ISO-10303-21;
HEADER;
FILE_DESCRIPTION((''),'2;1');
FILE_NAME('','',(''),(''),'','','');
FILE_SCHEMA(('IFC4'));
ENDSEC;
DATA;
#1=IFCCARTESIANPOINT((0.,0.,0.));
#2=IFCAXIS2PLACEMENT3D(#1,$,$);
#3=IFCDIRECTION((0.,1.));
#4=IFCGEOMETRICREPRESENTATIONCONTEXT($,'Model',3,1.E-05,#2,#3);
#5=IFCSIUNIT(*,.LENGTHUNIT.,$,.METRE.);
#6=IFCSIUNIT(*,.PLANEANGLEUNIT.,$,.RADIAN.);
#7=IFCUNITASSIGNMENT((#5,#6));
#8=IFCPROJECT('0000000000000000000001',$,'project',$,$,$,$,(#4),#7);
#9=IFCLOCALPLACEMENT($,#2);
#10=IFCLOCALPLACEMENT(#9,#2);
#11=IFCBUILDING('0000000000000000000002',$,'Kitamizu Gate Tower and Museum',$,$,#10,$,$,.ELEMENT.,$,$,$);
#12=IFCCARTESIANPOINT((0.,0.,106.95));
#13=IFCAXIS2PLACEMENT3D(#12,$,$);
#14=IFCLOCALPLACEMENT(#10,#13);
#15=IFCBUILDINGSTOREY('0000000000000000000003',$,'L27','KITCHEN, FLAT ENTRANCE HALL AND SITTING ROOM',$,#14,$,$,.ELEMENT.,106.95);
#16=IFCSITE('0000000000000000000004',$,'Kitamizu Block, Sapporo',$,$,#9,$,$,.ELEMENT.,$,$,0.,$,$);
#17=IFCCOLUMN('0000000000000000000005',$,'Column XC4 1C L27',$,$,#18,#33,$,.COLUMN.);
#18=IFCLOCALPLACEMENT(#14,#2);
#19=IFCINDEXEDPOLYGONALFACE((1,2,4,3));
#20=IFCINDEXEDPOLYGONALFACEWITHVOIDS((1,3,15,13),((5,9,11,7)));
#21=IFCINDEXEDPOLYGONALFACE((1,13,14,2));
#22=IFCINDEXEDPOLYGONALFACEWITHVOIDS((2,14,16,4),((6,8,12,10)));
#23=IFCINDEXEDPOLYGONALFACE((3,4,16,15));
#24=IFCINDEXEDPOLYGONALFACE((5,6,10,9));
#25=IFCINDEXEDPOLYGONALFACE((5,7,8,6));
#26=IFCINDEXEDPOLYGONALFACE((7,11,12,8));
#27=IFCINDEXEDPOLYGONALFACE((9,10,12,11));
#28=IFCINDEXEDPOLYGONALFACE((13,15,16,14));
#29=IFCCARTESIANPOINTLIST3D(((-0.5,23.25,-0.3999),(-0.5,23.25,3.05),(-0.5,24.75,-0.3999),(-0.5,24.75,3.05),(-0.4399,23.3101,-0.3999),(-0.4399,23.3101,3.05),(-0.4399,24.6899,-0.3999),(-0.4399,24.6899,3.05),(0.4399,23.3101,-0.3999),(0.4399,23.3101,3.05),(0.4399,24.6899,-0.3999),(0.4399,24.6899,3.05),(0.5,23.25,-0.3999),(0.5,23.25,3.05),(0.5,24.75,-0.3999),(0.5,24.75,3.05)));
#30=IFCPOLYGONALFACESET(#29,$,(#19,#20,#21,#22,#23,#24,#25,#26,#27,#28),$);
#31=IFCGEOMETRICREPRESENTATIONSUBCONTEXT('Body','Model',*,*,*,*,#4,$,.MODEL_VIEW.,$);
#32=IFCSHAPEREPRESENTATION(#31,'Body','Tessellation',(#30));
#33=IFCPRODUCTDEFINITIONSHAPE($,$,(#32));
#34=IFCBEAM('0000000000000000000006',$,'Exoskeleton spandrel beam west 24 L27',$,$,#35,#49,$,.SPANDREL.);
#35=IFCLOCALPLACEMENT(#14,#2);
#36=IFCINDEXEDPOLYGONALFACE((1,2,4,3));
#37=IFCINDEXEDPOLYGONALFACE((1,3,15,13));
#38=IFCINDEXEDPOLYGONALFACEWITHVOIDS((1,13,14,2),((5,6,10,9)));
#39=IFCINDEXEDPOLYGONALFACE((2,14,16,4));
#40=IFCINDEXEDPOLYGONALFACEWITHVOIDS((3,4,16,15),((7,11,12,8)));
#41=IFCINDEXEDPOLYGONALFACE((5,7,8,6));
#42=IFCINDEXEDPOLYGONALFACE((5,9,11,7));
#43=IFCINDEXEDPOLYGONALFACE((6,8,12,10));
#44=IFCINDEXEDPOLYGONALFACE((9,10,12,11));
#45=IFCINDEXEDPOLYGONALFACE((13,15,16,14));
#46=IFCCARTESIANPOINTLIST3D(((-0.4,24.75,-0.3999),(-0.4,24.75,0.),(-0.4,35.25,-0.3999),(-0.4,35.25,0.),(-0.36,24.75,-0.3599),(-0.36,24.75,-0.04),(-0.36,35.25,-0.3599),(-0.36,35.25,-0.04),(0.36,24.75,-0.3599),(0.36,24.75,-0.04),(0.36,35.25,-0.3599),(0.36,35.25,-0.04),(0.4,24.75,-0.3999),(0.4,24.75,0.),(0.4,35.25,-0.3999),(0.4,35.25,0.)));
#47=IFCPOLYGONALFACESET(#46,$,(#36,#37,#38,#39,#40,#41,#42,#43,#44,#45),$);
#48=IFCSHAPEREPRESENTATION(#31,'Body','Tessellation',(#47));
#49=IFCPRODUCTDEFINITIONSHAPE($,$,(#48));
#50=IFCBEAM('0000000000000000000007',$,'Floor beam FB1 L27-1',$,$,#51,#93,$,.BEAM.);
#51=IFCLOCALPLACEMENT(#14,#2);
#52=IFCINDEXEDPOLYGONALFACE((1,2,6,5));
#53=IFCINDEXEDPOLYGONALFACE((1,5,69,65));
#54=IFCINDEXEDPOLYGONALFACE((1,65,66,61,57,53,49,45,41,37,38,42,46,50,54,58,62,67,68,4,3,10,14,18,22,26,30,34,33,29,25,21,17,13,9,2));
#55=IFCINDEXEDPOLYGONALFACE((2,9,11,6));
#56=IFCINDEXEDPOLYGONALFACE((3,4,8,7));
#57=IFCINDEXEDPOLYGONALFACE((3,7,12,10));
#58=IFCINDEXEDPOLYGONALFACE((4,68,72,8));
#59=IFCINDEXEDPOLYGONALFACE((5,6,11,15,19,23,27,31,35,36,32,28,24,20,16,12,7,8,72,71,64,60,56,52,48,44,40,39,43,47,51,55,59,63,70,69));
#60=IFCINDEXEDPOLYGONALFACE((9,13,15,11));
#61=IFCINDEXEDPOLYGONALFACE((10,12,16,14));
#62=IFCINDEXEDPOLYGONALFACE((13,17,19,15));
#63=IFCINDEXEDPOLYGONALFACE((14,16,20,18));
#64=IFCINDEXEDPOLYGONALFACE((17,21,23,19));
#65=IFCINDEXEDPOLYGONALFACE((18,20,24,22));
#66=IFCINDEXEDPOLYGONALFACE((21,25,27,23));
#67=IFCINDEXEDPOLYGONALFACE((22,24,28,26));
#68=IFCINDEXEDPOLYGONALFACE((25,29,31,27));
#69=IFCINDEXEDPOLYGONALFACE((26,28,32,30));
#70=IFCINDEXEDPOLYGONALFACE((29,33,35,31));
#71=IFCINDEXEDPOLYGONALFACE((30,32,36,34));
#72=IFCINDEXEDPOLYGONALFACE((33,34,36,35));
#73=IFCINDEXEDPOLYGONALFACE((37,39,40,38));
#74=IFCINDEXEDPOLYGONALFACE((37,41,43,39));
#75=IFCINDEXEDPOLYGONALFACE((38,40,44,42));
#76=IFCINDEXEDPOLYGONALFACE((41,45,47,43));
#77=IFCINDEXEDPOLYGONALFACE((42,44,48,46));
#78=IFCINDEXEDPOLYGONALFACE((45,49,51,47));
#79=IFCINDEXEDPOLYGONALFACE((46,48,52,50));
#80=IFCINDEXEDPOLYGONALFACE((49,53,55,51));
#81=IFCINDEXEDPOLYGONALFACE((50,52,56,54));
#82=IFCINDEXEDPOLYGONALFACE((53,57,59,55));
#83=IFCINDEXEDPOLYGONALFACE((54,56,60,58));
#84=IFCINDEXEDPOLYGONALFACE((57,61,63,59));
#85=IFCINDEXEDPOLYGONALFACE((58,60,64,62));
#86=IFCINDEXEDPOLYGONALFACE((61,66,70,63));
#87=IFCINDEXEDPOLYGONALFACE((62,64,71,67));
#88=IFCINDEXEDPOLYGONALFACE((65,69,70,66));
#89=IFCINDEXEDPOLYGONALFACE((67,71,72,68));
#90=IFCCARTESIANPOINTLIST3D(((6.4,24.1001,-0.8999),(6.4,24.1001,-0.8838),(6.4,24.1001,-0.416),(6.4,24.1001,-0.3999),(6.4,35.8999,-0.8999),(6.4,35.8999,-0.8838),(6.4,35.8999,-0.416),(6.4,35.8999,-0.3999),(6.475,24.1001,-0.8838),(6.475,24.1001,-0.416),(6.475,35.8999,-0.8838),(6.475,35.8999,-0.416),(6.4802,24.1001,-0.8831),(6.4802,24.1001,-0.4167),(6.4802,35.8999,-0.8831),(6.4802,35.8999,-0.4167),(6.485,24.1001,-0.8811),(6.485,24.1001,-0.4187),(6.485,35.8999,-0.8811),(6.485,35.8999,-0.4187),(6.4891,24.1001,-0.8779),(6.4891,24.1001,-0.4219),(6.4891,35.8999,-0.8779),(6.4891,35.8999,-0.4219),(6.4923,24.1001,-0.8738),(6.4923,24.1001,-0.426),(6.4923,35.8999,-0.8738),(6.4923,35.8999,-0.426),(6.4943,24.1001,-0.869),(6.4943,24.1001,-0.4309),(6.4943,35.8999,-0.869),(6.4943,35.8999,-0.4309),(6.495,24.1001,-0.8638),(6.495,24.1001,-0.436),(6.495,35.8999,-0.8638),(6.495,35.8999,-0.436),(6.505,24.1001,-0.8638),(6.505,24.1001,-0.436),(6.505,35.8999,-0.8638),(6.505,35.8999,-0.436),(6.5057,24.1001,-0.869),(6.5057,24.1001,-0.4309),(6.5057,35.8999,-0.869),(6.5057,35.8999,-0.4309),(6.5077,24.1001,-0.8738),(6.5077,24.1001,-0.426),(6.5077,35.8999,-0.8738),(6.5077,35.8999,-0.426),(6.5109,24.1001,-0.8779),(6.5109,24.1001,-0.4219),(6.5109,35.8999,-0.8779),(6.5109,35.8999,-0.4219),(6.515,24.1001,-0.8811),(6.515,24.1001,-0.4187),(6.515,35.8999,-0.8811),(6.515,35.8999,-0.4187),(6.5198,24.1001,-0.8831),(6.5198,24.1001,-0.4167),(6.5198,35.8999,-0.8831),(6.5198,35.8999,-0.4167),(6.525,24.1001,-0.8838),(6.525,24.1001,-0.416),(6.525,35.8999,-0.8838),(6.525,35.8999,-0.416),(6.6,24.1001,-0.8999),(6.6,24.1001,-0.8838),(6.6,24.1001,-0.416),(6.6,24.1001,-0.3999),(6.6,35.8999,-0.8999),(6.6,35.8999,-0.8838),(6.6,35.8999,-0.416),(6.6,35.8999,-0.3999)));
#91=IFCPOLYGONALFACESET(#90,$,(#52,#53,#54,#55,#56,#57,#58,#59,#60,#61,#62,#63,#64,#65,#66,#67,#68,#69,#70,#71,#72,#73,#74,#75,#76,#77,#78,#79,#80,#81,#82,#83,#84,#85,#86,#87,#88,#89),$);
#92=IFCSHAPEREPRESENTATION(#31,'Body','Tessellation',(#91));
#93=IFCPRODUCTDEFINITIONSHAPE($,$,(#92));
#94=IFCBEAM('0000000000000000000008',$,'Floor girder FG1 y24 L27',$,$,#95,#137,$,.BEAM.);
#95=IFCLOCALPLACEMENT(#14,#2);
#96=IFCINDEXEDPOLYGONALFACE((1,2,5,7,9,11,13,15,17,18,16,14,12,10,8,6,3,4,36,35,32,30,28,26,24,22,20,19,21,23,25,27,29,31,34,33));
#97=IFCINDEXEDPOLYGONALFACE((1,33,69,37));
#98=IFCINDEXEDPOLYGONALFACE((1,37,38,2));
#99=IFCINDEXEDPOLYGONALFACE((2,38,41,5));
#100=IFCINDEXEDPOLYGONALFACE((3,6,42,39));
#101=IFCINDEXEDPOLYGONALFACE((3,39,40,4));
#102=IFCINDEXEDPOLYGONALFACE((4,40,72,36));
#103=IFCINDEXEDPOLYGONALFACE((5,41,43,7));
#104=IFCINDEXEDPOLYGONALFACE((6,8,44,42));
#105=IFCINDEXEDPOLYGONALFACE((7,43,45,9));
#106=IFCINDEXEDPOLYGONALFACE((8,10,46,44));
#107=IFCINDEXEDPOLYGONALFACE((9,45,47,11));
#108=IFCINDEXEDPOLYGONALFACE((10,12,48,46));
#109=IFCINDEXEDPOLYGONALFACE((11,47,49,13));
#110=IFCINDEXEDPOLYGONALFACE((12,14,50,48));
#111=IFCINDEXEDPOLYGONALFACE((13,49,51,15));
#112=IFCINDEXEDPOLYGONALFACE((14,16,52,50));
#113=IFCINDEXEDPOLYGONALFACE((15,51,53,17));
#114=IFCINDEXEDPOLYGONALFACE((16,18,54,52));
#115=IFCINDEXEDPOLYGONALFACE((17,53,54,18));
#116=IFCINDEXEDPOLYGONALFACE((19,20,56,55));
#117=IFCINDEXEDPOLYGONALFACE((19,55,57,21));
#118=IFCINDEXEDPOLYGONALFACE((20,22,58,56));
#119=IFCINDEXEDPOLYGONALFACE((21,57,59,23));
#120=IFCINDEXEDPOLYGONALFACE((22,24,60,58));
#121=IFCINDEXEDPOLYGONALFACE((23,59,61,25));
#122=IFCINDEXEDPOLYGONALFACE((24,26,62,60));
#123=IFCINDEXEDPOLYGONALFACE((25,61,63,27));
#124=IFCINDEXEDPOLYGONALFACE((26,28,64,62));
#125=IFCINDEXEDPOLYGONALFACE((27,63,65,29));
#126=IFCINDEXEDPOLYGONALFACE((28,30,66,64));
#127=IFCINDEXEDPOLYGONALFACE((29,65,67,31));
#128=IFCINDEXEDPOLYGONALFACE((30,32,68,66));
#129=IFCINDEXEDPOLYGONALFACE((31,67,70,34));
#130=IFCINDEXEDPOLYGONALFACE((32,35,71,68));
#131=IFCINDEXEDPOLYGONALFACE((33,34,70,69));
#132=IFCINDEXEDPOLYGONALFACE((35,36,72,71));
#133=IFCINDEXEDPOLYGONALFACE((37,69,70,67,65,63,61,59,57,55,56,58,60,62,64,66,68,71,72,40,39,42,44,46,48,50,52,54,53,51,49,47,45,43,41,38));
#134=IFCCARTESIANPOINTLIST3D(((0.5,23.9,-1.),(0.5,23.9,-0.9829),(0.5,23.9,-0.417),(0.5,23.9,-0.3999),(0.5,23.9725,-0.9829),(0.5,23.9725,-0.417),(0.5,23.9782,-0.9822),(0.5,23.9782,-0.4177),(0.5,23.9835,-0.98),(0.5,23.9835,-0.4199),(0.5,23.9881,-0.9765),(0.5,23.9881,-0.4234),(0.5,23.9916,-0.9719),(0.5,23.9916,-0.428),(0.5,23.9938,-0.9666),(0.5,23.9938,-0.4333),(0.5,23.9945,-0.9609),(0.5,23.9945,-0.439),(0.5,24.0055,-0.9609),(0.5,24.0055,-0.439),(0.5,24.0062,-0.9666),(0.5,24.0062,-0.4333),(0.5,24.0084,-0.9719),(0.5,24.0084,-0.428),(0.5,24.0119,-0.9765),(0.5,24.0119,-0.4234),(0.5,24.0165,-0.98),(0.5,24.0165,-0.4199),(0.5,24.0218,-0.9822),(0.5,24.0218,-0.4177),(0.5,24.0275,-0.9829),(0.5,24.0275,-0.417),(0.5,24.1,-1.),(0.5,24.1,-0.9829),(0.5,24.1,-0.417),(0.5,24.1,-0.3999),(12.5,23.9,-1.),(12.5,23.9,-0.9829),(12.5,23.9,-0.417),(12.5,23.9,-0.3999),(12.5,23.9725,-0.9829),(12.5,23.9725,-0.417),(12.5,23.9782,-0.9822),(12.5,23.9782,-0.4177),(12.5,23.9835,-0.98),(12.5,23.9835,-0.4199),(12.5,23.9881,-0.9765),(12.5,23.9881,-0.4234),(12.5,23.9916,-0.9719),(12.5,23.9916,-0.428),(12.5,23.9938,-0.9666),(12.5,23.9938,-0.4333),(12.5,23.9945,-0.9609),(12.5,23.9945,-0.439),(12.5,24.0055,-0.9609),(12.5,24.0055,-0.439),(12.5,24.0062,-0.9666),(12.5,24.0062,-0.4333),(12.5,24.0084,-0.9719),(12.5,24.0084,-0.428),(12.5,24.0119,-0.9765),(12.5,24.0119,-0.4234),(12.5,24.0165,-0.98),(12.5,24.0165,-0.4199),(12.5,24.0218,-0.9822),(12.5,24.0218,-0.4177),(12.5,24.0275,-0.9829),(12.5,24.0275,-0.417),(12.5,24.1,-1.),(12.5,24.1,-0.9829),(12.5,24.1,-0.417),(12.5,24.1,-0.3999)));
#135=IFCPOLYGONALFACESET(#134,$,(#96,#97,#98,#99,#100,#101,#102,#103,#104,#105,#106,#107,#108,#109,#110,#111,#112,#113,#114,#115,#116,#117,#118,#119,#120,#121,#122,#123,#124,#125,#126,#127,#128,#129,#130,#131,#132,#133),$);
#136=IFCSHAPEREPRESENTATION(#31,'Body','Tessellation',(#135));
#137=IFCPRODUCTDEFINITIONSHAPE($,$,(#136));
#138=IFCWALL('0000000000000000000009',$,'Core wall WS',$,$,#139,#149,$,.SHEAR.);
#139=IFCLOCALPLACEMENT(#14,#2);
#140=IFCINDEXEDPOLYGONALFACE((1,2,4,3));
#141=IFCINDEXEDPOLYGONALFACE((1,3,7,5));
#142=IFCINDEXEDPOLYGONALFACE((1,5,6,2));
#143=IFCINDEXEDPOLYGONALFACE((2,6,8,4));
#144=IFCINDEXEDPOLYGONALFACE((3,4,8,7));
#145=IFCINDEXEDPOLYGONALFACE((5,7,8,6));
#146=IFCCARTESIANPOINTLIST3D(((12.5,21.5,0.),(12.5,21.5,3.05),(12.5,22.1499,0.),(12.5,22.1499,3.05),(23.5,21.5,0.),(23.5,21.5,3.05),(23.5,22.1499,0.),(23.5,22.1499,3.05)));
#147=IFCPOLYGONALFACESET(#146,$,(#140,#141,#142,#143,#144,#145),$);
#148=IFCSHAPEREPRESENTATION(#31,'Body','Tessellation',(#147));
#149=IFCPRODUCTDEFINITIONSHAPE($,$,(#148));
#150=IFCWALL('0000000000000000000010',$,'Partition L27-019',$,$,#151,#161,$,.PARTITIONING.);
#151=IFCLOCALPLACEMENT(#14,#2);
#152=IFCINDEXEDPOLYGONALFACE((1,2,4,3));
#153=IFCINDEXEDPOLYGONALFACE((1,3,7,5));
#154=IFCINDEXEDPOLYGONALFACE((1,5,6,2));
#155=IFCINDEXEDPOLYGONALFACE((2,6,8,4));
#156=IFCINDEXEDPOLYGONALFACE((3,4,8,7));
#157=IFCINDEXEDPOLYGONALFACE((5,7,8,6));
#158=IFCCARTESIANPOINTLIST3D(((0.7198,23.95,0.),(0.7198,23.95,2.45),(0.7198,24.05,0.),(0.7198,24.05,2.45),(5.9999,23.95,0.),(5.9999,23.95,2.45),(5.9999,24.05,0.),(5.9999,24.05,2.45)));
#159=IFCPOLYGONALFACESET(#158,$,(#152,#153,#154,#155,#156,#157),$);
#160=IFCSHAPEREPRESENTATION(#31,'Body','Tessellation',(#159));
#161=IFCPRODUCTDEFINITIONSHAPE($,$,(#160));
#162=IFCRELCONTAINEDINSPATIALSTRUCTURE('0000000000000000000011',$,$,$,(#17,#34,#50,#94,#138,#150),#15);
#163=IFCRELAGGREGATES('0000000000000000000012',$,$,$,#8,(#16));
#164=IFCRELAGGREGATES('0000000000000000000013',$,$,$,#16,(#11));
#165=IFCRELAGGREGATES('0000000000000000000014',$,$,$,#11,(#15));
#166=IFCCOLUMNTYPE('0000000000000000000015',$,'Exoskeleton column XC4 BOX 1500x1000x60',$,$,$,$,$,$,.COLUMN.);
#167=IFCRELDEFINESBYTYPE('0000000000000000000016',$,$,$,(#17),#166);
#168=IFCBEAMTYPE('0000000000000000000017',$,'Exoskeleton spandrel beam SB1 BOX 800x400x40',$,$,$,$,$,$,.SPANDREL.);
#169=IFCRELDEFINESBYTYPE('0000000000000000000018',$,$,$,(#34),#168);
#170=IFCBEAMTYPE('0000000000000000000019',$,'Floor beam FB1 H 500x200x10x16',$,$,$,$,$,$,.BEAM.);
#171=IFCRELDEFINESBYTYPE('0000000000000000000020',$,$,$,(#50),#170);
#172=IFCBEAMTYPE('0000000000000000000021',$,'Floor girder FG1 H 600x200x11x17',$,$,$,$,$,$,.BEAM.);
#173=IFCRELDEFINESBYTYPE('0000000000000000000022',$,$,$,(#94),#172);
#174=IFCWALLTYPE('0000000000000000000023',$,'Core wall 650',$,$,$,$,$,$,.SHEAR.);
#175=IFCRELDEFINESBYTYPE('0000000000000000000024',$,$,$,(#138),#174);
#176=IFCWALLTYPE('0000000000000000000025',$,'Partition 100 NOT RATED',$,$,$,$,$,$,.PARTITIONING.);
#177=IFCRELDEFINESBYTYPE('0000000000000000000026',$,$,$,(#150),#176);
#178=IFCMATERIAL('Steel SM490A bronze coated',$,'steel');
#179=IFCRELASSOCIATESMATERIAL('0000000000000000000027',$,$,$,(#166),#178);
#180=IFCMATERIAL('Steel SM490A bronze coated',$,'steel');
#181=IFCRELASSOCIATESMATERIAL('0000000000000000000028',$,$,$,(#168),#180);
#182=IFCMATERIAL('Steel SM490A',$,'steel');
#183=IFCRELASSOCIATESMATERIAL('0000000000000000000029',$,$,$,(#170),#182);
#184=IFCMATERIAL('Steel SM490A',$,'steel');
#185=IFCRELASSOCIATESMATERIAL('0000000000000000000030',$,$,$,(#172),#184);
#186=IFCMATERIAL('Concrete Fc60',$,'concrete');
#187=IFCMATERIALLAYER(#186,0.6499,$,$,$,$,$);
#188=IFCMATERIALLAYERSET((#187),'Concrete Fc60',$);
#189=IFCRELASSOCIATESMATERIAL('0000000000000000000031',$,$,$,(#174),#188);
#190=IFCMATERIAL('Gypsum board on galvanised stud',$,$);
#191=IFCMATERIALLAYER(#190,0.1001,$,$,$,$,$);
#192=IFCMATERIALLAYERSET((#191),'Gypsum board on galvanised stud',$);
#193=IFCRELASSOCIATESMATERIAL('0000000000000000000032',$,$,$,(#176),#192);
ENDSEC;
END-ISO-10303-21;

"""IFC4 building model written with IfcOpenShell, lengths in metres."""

from ifc_helpers import new_model, si_unit, direction, frame, frame_2d, origin, origin_2d, place, context, subcontext, project, spatial, rectangle, hollow_rectangle, i_section, extrude, material, layer, layer_set, material_profile, profile_set, type_object, element, save


model = new_model("IFC4")

# Units and contexts
model_context = context("Model", 3, precision=1e-05, world=origin(), true_north=direction((0.0, 1.0)))
body_context = subcontext(model_context, "Body", "Model", "MODEL_VIEW")
ifc_project = project(units=[si_unit("LENGTHUNIT", "METRE"), si_unit("PLANEANGLEUNIT", "RADIAN")], contexts=[model_context])

# Site, building, storey
site_placement = place(None, origin())
site = spatial("IfcSite", under=ifc_project, at=site_placement, Name="Kitamizu Block, Sapporo", CompositionType="ELEMENT", RefElevation=0.0)
building_placement = place(site_placement, origin())
building = spatial("IfcBuilding", under=site, at=building_placement, Name="Kitamizu Gate Tower and Museum", CompositionType="ELEMENT")
storey_placement = place(building_placement, frame((0.0, 0.0, 106.95)))
storey = spatial("IfcBuildingStorey", under=building, at=storey_placement, Name="L27", Description="KITCHEN, FLAT ENTRANCE HALL AND SITTING ROOM", CompositionType="ELEMENT", Elevation=106.95)

# Column
ifc_material_1 = material(Name="Steel SM490A bronze coated", Category="steel")
ifc_material_profile_1 = material_profile(ifc_material_1, hollow_rectangle(XDim=1.5, YDim=1.0, WallThickness=0.0601, at=origin_2d()), Name="BOX 1500x1000x60")
ifc_profile_set_1 = profile_set([ifc_material_profile_1], Name="Steel SM490A bronze coated")
column_type = type_object("IfcColumnType", Name="Exoskeleton column XC4 BOX 1500x1000x60", PredefinedType="COLUMN", material=ifc_profile_set_1)
column_placement = place(storey_placement, frame((0.0, 24.0, -0.3999), z_axis=(0.0, 0.0, 1.0), x_axis=(0.0, 1.0, 0.0)))
element("IfcColumn", 1, at=column_placement, inside=storey, type_object=column_type, Name="Column XC4 1C L27", PredefinedType="COLUMN", context=body_context, shape_type="SweptSolid", body=[
    extrude(hollow_rectangle(XDim=1.5, YDim=1.0, WallThickness=0.0601, at=origin_2d()), origin(), (0.0, 0.0, 1.0), 3.45),
])

# Beams
ifc_material_2 = material(Name="Steel SM490A bronze coated", Category="steel")
ifc_material_profile_2 = material_profile(ifc_material_2, hollow_rectangle(XDim=0.8, YDim=0.3999, WallThickness=0.04, at=origin_2d()), Name="BOX 800x400x40")
ifc_profile_set_2 = profile_set([ifc_material_profile_2], Name="Steel SM490A bronze coated")
beam_type_1 = type_object("IfcBeamType", Name="Exoskeleton spandrel beam SB1 BOX 800x400x40", PredefinedType="SPANDREL", material=ifc_profile_set_2)
beam_1_placement = place(storey_placement, frame((0.0, 24.75, -0.2), z_axis=(0.0, 1.0, 0.0), x_axis=(-1.0, 0.0, 0.0)))
element("IfcBeam", 2, at=beam_1_placement, inside=storey, type_object=beam_type_1, Name="Exoskeleton spandrel beam west 24 L27", PredefinedType="SPANDREL", context=body_context, shape_type="SweptSolid", body=[
    extrude(hollow_rectangle(XDim=0.8, YDim=0.3999, WallThickness=0.04, at=origin_2d()), origin(), (0.0, 0.0, 1.0), 10.5),
])
ifc_material_3 = material(Name="Steel SM490A", Category="steel")
ifc_material_profile_3 = material_profile(ifc_material_3, i_section(OverallWidth=0.2, OverallDepth=0.5, WebThickness=0.01, FlangeThickness=0.0161, FilletRadius=0.02, at=origin_2d()), Name="H-500x200x10x16")
ifc_profile_set_3 = profile_set([ifc_material_profile_3], Name="Steel SM490A")
beam_type_2 = type_object("IfcBeamType", Name="Floor beam FB1 H 500x200x10x16", PredefinedType="BEAM", material=ifc_profile_set_3)
beam_2_placement = place(storey_placement, frame((6.5, 24.1001, -0.6499), z_axis=(0.0, 1.0, 0.0), x_axis=(-1.0, 0.0, 0.0)))
element("IfcBeam", 3, at=beam_2_placement, inside=storey, type_object=beam_type_2, Name="Floor beam FB1 L27-1", PredefinedType="BEAM", context=body_context, shape_type="SweptSolid", body=[
    extrude(i_section(OverallWidth=0.2, OverallDepth=0.5, WebThickness=0.01, FlangeThickness=0.0161, FilletRadius=0.02, at=origin_2d()), origin(), (0.0, 0.0, 1.0), 11.7998),
])
ifc_material_4 = material(Name="Steel SM490A", Category="steel")
ifc_material_profile_4 = material_profile(ifc_material_4, i_section(OverallWidth=0.2, OverallDepth=0.6001, WebThickness=0.011, FlangeThickness=0.0171, FilletRadius=0.022, at=origin_2d()), Name="H-600x200x11x17")
ifc_profile_set_4 = profile_set([ifc_material_profile_4], Name="Steel SM490A")
beam_type_3 = type_object("IfcBeamType", Name="Floor girder FG1 H 600x200x11x17", PredefinedType="BEAM", material=ifc_profile_set_4)
beam_3_placement = place(storey_placement, frame((0.5, 24.0, -0.7), z_axis=(1.0, 0.0, 0.0), x_axis=(0.0, 1.0, 0.0)))
element("IfcBeam", 4, at=beam_3_placement, inside=storey, type_object=beam_type_3, Name="Floor girder FG1 y24 L27", PredefinedType="BEAM", context=body_context, shape_type="SweptSolid", body=[
    extrude(i_section(OverallWidth=0.2, OverallDepth=0.6001, WebThickness=0.011, FlangeThickness=0.0171, FilletRadius=0.022, at=origin_2d()), origin(), (0.0, 0.0, 1.0), 12.0),
])

# Walls
ifc_material_5 = material(Name="Concrete Fc60", Category="concrete")
ifc_layer_1 = layer(ifc_material_5, 0.6499)
ifc_layer_set_1 = layer_set([ifc_layer_1], Name="Concrete Fc60")
wall_type_1 = type_object("IfcWallType", Name="Core wall 650", PredefinedType="SHEAR", material=ifc_layer_set_1)
wall_1_placement = place(storey_placement, frame((12.5, 21.825, 0.0), z_axis=(0.0, 0.0, 1.0), x_axis=(1.0, 0.0, 0.0)))
element("IfcWall", 5, at=wall_1_placement, inside=storey, type_object=wall_type_1, Name="Core wall WS", PredefinedType="SHEAR", context=body_context, shape_type="SweptSolid", body=[
    extrude(rectangle(XDim=11.0, YDim=0.6499, at=frame_2d((5.5, 0.0))), origin(), (0.0, 0.0, 1.0), 3.05),
])
ifc_material_6 = material(Name="Gypsum board on galvanised stud")
ifc_layer_2 = layer(ifc_material_6, 0.1001)
ifc_layer_set_2 = layer_set([ifc_layer_2], Name="Gypsum board on galvanised stud")
wall_type_2 = type_object("IfcWallType", Name="Partition 100 NOT RATED", PredefinedType="PARTITIONING", material=ifc_layer_set_2)
wall_2_placement = place(storey_placement, frame((6.0, 24.0, 0.0), z_axis=(0.0, 0.0, 1.0), x_axis=(-1.0, 0.0, 0.0)))
element("IfcWall", 6, at=wall_2_placement, inside=storey, type_object=wall_type_2, Name="Partition L27-019", PredefinedType="PARTITIONING", context=body_context, shape_type="SweptSolid", body=[
    extrude(rectangle(XDim=5.28, YDim=0.1001, at=frame_2d((2.6401, 0.0))), origin(), (0.0, 0.0, 1.0), 2.45),
])

save(model, "model.ifc")
